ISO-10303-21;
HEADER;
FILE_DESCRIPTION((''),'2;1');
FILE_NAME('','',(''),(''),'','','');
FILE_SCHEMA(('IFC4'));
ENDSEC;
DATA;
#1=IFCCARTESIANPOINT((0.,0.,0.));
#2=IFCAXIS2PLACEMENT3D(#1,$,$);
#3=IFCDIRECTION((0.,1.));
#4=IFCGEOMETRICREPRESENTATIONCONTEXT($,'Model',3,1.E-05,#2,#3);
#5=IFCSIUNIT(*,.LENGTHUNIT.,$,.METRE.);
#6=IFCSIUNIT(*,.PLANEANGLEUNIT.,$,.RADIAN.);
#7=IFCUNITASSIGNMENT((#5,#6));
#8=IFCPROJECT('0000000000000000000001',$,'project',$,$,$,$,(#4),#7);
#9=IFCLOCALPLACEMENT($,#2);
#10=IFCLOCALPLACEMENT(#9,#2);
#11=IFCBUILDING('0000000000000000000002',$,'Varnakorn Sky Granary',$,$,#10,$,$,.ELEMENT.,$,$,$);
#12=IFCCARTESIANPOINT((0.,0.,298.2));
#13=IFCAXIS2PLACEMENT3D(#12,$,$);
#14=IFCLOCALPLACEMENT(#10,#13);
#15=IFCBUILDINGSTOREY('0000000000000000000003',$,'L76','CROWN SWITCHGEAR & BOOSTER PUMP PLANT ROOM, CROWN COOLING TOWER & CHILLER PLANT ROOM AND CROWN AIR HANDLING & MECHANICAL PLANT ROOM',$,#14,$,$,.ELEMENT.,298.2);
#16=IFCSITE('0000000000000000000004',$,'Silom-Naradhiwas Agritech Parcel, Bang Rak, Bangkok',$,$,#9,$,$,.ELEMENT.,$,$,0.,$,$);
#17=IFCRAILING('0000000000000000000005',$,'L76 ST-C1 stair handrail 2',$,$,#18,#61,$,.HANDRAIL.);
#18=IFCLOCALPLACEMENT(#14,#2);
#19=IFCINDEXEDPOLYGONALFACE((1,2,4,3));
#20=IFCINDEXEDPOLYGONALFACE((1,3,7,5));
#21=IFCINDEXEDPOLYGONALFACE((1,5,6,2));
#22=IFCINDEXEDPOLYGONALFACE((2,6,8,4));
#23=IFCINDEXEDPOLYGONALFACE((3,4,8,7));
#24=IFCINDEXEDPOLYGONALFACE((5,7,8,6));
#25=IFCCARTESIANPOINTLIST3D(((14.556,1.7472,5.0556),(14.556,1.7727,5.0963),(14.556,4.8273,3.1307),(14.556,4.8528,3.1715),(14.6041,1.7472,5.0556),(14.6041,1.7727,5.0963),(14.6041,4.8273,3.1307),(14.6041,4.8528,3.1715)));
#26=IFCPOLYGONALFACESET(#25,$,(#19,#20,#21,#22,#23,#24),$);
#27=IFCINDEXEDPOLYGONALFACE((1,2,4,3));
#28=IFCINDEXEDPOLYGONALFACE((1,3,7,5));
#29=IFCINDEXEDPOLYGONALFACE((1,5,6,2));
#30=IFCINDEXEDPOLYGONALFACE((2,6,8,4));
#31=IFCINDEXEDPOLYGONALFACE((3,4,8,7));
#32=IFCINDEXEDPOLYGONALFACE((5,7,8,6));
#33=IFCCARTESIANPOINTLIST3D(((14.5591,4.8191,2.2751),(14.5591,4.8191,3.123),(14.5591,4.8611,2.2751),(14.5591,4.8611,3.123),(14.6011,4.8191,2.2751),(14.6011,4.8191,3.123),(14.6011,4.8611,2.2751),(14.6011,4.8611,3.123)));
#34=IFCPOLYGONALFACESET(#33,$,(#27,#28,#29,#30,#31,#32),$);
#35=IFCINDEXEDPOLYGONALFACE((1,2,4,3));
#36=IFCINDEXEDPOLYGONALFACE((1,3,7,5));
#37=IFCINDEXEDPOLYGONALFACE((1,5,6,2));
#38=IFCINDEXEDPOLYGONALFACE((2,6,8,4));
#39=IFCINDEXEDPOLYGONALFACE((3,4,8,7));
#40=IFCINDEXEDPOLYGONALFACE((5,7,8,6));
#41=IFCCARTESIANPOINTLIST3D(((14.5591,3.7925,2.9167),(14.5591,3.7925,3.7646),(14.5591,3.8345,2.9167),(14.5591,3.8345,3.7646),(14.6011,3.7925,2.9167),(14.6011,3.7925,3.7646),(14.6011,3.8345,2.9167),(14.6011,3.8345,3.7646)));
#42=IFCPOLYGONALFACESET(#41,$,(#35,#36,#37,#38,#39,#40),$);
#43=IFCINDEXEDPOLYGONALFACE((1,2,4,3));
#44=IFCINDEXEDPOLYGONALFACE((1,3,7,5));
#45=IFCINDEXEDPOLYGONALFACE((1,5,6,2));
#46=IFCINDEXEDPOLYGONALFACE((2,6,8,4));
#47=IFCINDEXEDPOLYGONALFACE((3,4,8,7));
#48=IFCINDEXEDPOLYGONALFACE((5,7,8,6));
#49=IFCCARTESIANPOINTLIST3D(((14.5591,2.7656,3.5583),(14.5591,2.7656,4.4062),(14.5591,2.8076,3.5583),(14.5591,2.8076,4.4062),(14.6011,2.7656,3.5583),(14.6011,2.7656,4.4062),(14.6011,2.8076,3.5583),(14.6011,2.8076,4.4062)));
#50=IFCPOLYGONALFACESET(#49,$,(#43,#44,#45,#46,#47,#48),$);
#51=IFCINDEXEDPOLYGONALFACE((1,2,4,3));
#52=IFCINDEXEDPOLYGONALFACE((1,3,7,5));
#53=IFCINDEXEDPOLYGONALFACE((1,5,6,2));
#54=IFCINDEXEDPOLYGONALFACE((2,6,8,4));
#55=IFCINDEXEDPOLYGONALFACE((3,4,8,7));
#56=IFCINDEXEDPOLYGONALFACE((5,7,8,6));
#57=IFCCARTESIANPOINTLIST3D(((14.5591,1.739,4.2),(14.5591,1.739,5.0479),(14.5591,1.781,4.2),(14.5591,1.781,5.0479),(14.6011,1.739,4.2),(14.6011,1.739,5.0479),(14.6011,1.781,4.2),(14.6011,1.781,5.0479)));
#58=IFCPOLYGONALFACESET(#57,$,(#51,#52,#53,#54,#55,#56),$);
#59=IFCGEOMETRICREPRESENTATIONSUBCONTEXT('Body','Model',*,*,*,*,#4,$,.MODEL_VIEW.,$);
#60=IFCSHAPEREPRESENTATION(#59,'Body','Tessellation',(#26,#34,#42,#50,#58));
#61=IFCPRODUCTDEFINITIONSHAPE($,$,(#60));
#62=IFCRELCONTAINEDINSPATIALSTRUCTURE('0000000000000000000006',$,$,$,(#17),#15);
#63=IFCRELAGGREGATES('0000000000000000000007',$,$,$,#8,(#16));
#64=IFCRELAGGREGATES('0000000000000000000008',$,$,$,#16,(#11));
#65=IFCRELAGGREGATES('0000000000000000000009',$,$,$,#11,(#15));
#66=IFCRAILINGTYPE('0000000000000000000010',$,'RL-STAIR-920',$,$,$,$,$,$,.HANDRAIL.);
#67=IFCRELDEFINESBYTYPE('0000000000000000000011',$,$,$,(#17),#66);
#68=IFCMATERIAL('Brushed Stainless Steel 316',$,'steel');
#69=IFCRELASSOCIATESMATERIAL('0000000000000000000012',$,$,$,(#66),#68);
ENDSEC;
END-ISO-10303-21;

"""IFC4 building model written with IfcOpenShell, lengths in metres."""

from ifc_helpers import new_model, si_unit, direction, frame, origin, origin_2d, place, context, subcontext, project, spatial, rectangle, extrude, material, type_object, element, save


model = new_model("IFC4")

# Units and contexts
model_context = context("Model", 3, precision=1e-05, world=origin(), true_north=direction((0.0, 1.0)))
body_context = subcontext(model_context, "Body", "Model", "MODEL_VIEW")
ifc_project = project(units=[si_unit("LENGTHUNIT", "METRE"), si_unit("PLANEANGLEUNIT", "RADIAN")], contexts=[model_context])

# Site, building, storey
site_placement = place(None, origin())
site = spatial("IfcSite", under=ifc_project, at=site_placement, Name="Silom-Naradhiwas Agritech Parcel, Bang Rak, Bangkok", CompositionType="ELEMENT", RefElevation=0.0)
building_placement = place(site_placement, origin())
building = spatial("IfcBuilding", under=site, at=building_placement, Name="Varnakorn Sky Granary", CompositionType="ELEMENT")
storey_placement = place(building_placement, frame((0.0, 0.0, 298.2)))
storey = spatial("IfcBuildingStorey", under=building, at=storey_placement, Name="L76", Description="CROWN SWITCHGEAR & BOOSTER PUMP PLANT ROOM, CROWN COOLING TOWER & CHILLER PLANT ROOM AND CROWN AIR HANDLING & MECHANICAL PLANT ROOM", CompositionType="ELEMENT", Elevation=298.2)

# Railing
ifc_material_1 = material(Name="Brushed Stainless Steel 316", Category="steel")
railing_type_1 = type_object("IfcRailingType", Name="RL-STAIR-920", PredefinedType="HANDRAIL", material=ifc_material_1)
railing_1_placement = place(storey_placement, frame((14.5801, 4.8401, 2.2751)))
element("IfcRailing", 1, at=railing_1_placement, inside=storey, type_object=railing_type_1, Name="L76 ST-C1 stair handrail 2", PredefinedType="HANDRAIL", context=body_context, shape_type="SweptSolid", body=[
    extrude(rectangle(XDim=0.0481, YDim=0.0481, at=origin_2d()), frame((0.0, 0.0, 0.876), z_axis=(0.0, -0.848029, 0.529951), x_axis=(1.0, 0.0, 0.0)), (0.0, 0.0, 1.0), 3.6321),
    extrude(rectangle(XDim=0.042, YDim=0.042, at=origin_2d()), origin(), (0.0, 0.0, 1.0), 0.8479),
    extrude(rectangle(XDim=0.042, YDim=0.042, at=origin_2d()), frame((0.0, -1.0266, 0.6416)), (0.0, 0.0, 1.0), 0.8479),
    extrude(rectangle(XDim=0.042, YDim=0.042, at=origin_2d()), frame((0.0, -2.0535, 1.2832)), (0.0, 0.0, 1.0), 0.8479),
    extrude(rectangle(XDim=0.042, YDim=0.042, at=origin_2d()), frame((0.0, -3.0801, 1.9248)), (0.0, 0.0, 1.0), 0.8479),
])

save(model, "model.ifc")
